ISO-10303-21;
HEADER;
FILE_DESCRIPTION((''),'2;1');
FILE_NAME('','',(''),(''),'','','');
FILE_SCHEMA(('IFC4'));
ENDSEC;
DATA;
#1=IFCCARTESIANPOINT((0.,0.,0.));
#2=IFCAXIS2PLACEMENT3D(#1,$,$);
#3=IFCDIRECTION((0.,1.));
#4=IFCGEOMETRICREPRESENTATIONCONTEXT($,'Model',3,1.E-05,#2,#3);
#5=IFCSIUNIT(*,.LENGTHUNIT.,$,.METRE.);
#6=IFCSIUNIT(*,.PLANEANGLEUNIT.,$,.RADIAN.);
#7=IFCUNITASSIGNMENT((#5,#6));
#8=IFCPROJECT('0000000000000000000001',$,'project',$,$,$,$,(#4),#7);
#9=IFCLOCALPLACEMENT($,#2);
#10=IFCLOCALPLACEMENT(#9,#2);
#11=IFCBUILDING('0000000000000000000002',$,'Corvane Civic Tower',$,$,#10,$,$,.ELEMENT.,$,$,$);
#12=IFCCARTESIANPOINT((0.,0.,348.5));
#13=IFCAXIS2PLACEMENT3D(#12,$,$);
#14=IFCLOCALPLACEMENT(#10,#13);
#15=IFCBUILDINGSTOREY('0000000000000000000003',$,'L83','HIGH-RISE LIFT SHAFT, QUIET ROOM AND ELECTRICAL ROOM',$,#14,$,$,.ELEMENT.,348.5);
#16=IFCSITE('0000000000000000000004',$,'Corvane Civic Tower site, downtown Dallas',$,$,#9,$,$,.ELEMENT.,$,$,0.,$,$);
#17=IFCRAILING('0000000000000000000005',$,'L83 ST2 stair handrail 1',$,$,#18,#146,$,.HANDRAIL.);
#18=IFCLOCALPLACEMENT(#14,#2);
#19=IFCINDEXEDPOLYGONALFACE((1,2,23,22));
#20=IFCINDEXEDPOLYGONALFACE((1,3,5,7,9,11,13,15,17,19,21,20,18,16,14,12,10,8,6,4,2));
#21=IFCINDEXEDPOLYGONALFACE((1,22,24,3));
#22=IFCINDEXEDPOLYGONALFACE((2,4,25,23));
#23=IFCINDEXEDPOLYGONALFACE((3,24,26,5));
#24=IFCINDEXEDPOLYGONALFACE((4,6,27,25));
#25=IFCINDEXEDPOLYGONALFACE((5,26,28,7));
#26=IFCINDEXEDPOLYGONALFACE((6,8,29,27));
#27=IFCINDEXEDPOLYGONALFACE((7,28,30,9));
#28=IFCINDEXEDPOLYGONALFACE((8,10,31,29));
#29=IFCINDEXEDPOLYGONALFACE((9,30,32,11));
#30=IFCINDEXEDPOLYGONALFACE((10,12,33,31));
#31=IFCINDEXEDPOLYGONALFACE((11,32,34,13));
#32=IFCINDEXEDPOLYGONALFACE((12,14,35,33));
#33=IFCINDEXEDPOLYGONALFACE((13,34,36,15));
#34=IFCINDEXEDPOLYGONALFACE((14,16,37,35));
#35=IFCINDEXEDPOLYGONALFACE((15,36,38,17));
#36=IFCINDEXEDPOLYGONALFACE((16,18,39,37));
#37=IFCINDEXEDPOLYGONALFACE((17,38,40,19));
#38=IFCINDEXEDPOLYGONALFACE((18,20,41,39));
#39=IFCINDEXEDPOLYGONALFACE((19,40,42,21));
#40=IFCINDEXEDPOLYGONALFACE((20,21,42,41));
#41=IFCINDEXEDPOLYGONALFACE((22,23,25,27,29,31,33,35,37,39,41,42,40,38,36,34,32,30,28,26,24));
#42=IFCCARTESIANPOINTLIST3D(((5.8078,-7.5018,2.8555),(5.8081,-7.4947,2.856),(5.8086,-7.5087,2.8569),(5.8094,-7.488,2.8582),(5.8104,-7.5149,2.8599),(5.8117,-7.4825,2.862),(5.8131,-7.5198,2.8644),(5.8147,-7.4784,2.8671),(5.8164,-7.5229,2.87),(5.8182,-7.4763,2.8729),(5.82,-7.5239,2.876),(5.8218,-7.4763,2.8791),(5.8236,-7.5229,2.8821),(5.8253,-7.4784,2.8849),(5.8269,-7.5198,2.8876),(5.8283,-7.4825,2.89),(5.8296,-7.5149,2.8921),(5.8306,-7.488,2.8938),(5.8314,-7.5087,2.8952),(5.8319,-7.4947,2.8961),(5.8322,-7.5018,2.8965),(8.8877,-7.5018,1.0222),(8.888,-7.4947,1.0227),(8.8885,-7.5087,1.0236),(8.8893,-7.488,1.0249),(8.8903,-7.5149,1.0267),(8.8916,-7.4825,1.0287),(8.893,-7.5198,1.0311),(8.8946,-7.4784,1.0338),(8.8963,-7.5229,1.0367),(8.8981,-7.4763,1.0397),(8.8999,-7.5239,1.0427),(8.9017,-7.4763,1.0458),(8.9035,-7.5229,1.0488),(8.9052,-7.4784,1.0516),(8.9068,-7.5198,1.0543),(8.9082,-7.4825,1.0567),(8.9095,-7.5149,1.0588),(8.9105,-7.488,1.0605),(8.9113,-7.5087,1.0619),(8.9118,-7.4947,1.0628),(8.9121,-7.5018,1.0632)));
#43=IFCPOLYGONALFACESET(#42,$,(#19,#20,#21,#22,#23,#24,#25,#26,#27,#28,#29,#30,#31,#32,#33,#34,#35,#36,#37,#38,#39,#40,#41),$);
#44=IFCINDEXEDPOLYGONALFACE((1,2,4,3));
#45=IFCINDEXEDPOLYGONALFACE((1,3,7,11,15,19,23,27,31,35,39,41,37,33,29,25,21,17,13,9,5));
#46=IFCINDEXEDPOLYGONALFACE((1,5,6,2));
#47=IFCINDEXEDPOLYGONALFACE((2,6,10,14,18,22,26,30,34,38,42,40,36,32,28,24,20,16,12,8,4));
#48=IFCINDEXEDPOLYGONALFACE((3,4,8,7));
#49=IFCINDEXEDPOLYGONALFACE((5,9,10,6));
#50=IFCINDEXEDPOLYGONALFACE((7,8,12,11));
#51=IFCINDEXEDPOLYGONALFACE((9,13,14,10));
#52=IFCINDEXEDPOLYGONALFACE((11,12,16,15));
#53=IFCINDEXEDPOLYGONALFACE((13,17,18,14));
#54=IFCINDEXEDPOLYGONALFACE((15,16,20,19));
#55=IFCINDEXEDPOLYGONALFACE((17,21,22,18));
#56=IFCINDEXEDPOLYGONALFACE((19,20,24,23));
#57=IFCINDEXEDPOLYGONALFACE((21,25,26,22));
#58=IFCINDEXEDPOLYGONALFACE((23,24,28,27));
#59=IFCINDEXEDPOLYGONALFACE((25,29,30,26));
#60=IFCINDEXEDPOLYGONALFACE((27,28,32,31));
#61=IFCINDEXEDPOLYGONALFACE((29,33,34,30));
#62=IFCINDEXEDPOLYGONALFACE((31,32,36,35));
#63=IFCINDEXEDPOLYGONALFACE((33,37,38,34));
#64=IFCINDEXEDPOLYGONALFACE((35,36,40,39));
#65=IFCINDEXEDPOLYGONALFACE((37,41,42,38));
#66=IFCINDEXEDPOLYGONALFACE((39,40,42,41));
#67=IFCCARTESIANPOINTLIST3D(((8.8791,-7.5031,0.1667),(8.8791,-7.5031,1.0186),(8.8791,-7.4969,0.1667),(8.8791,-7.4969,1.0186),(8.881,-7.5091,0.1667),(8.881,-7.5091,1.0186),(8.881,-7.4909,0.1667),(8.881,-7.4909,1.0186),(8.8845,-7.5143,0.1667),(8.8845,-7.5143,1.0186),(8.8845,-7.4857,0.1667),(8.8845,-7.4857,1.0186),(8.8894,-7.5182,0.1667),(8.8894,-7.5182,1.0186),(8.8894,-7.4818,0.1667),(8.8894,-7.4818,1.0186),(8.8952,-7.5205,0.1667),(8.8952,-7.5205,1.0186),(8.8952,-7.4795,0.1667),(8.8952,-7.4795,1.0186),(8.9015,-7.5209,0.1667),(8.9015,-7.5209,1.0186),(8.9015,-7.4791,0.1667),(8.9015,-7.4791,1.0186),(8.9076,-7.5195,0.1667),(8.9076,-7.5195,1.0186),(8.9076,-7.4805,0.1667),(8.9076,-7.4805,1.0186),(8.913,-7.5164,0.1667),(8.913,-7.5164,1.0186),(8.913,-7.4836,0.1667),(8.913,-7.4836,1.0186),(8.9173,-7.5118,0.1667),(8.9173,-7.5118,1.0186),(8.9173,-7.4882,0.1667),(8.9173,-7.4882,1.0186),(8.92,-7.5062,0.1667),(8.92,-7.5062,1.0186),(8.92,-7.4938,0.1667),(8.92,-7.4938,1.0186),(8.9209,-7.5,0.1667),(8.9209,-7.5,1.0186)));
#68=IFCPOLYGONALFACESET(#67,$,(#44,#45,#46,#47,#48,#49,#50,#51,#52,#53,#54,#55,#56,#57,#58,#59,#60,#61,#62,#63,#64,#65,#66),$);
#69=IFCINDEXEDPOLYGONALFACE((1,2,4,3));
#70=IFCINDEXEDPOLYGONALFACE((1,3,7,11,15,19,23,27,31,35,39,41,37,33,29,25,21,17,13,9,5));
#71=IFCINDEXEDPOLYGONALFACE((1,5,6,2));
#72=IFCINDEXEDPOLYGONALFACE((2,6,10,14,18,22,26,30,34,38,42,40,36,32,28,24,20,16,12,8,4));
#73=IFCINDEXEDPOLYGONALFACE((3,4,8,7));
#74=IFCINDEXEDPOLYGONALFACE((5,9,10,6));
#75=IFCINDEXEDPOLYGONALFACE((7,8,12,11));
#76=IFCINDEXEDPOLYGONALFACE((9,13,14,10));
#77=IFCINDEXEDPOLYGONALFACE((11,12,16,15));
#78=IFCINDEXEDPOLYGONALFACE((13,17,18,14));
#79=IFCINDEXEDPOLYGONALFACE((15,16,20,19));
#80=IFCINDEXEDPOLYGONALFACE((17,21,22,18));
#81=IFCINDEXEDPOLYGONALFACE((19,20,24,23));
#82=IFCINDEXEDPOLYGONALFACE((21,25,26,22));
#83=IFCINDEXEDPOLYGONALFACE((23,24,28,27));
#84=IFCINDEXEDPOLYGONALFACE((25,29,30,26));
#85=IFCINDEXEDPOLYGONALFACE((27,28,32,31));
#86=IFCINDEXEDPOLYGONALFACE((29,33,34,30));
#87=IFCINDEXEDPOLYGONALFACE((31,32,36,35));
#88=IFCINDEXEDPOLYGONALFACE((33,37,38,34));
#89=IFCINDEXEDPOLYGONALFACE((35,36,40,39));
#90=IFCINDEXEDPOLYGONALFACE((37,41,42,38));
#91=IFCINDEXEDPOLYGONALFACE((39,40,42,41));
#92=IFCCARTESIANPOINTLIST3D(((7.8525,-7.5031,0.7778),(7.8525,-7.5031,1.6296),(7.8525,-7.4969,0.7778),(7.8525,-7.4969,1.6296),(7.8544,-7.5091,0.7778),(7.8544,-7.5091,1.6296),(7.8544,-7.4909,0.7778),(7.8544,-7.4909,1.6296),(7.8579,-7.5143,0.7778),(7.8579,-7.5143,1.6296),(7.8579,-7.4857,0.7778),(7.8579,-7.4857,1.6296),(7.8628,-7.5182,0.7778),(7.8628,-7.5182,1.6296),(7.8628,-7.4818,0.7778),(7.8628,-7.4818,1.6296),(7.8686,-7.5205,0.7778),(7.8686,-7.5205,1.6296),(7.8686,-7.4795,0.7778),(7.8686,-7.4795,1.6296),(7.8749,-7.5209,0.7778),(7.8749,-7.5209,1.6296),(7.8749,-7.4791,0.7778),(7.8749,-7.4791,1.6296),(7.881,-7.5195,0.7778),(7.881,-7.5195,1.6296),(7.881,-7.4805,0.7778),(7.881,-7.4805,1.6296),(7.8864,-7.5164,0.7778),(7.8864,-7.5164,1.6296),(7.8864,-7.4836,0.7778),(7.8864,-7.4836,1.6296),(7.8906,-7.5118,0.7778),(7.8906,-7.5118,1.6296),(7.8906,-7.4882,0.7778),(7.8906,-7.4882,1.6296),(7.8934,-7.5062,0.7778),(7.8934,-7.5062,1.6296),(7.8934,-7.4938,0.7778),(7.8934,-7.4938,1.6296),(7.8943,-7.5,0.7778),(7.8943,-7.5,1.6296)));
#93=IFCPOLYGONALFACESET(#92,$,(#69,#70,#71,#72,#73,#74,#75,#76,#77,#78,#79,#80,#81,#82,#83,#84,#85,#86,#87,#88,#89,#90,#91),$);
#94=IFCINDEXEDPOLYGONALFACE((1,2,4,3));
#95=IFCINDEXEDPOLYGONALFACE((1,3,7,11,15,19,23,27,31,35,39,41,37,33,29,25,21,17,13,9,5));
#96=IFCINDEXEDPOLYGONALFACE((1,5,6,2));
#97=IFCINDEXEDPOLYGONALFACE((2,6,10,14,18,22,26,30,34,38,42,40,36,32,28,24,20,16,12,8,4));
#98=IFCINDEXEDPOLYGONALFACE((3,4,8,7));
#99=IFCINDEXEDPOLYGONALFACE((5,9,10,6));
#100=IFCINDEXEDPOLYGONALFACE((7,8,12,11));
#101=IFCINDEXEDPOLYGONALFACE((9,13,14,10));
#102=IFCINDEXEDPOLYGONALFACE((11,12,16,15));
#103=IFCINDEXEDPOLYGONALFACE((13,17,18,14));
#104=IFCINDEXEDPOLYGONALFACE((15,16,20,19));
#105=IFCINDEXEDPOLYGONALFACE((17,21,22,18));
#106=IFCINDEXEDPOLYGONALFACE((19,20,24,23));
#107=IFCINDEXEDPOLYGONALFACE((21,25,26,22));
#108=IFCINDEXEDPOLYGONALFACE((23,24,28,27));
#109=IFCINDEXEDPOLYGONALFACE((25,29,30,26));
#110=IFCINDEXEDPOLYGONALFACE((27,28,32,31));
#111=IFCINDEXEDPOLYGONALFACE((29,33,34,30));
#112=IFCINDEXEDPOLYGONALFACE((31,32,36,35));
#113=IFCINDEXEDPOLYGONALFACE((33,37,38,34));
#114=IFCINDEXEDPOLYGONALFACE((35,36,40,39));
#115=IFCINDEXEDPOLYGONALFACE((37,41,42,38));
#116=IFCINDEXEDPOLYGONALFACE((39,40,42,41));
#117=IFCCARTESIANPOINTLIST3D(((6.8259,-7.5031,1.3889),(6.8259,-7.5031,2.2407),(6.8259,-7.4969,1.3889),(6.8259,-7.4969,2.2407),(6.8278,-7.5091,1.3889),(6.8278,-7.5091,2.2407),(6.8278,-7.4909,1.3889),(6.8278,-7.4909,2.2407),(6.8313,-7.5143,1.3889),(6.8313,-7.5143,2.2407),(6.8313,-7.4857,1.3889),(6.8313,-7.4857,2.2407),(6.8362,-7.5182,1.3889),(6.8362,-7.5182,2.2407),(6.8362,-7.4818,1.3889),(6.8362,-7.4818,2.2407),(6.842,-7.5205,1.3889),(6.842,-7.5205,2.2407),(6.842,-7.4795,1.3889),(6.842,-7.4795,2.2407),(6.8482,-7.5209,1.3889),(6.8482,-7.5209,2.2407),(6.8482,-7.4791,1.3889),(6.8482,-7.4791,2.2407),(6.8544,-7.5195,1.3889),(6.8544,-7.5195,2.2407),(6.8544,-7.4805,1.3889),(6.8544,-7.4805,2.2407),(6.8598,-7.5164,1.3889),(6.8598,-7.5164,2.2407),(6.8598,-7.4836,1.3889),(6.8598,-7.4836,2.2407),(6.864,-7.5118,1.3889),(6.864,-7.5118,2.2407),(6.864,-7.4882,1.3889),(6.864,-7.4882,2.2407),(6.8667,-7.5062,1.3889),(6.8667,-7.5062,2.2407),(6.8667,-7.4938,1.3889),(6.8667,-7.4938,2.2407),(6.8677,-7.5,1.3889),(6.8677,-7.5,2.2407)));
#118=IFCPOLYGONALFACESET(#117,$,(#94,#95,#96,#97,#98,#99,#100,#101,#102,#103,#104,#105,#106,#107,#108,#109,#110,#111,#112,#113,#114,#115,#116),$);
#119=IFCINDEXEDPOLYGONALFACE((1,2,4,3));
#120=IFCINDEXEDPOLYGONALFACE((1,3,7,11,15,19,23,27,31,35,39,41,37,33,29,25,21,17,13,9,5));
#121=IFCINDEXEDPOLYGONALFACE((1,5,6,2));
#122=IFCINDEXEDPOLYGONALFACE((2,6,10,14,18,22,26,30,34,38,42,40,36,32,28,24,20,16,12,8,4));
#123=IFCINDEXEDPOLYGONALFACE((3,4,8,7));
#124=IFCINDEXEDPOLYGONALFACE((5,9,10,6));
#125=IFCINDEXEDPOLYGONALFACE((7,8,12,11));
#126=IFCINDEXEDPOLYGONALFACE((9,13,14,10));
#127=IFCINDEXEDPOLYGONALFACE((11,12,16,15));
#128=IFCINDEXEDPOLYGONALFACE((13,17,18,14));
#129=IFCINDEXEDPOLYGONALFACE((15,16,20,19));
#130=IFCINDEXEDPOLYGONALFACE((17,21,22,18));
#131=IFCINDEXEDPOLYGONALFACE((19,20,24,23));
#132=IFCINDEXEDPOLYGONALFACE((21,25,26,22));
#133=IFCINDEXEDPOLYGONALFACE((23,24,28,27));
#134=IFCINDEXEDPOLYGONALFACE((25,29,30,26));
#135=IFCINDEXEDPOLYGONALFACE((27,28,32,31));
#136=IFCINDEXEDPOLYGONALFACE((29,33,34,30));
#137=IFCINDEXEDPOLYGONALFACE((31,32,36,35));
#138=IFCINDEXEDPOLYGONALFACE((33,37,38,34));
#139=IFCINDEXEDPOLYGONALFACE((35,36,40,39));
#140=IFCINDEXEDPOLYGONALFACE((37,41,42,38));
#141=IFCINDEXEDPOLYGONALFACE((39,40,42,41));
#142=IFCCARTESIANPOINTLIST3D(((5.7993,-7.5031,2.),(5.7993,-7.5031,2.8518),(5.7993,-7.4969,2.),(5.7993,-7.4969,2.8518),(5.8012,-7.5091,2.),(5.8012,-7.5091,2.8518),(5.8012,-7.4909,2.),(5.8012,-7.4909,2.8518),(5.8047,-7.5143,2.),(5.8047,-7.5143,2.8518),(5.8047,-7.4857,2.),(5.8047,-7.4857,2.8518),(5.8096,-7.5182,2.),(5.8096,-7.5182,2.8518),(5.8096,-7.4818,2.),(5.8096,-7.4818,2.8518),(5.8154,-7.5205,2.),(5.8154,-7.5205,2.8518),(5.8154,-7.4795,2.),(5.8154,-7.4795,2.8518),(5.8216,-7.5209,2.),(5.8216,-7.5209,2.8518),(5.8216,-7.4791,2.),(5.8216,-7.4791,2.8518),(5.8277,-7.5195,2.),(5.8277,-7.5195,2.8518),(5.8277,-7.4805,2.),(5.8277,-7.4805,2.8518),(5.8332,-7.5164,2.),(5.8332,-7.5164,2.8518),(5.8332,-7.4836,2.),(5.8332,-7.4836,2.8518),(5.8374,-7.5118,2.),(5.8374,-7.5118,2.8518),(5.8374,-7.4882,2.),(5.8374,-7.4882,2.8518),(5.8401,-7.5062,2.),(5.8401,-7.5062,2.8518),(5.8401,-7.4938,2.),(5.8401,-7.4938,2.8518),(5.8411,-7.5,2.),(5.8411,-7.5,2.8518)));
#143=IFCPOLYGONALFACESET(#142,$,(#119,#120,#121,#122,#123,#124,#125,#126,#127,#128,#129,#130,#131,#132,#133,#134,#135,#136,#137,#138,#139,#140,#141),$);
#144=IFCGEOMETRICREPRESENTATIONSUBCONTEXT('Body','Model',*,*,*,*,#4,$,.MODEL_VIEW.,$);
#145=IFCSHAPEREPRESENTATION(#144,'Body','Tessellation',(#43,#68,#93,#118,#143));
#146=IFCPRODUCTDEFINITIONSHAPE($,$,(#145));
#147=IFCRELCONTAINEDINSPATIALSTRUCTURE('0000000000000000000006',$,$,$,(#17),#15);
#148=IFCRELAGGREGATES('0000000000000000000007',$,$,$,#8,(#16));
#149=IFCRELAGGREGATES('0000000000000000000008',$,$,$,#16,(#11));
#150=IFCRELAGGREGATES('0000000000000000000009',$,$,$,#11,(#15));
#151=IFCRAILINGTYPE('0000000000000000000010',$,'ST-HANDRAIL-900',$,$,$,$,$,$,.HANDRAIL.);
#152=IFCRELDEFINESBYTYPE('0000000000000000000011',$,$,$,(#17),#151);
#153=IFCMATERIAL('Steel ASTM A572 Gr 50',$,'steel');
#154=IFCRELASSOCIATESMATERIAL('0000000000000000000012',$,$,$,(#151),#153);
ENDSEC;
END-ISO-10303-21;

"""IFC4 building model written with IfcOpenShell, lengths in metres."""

from ifc_helpers import new_model, si_unit, direction, frame, origin, origin_2d, place, context, subcontext, project, spatial, circle, extrude, material, type_object, element, save


model = new_model("IFC4")

# Units and contexts
model_context = context("Model", 3, precision=1e-05, world=origin(), true_north=direction((0.0, 1.0)))
body_context = subcontext(model_context, "Body", "Model", "MODEL_VIEW")
ifc_project = project(units=[si_unit("LENGTHUNIT", "METRE"), si_unit("PLANEANGLEUNIT", "RADIAN")], contexts=[model_context])

# Site, building, storey
site_placement = place(None, origin())
site = spatial("IfcSite", under=ifc_project, at=site_placement, Name="Corvane Civic Tower site, downtown Dallas", CompositionType="ELEMENT", RefElevation=0.0)
building_placement = place(site_placement, origin())
building = spatial("IfcBuilding", under=site, at=building_placement, Name="Corvane Civic Tower", CompositionType="ELEMENT")
storey_placement = place(building_placement, frame((0.0, 0.0, 348.5)))
storey = spatial("IfcBuildingStorey", under=building, at=storey_placement, Name="L83", Description="HIGH-RISE LIFT SHAFT, QUIET ROOM AND ELECTRICAL ROOM", CompositionType="ELEMENT", Elevation=348.5)

# Railing
ifc_material_1 = material(Name="Steel ASTM A572 Gr 50", Category="steel")
railing_type_1 = type_object("IfcRailingType", Name="ST-HANDRAIL-900", PredefinedType="HANDRAIL", material=ifc_material_1)
railing_1_placement = place(storey_placement, frame((8.8999, -7.5, 0.1667)))
element("IfcRailing", 1, at=railing_1_placement, inside=storey, type_object=railing_type_1, Name="L83 ST2 stair handrail 1", PredefinedType="HANDRAIL", context=body_context, shape_type="SweptSolid", body=[
    extrude(circle(Radius=0.0239, at=origin_2d()), frame((0.0, 0.0, 0.876), z_axis=(-0.859291, 0.0, 0.511487), x_axis=(0.0, -1.0, 0.0)), (0.0, 0.0, 1.0), 3.5842),
    extrude(circle(Radius=0.021, at=origin_2d()), origin(), (0.0, 0.0, 1.0), 0.8518),
    extrude(circle(Radius=0.021, at=origin_2d()), frame((-1.0266, 0.0, 0.6111)), (0.0, 0.0, 1.0), 0.8518),
    extrude(circle(Radius=0.021, at=origin_2d()), frame((-2.0532, 0.0, 1.2222)), (0.0, 0.0, 1.0), 0.8518),
    extrude(circle(Radius=0.021, at=origin_2d()), frame((-3.0798, 0.0, 1.8333)), (0.0, 0.0, 1.0), 0.8518),
])

save(model, "model.ifc")
